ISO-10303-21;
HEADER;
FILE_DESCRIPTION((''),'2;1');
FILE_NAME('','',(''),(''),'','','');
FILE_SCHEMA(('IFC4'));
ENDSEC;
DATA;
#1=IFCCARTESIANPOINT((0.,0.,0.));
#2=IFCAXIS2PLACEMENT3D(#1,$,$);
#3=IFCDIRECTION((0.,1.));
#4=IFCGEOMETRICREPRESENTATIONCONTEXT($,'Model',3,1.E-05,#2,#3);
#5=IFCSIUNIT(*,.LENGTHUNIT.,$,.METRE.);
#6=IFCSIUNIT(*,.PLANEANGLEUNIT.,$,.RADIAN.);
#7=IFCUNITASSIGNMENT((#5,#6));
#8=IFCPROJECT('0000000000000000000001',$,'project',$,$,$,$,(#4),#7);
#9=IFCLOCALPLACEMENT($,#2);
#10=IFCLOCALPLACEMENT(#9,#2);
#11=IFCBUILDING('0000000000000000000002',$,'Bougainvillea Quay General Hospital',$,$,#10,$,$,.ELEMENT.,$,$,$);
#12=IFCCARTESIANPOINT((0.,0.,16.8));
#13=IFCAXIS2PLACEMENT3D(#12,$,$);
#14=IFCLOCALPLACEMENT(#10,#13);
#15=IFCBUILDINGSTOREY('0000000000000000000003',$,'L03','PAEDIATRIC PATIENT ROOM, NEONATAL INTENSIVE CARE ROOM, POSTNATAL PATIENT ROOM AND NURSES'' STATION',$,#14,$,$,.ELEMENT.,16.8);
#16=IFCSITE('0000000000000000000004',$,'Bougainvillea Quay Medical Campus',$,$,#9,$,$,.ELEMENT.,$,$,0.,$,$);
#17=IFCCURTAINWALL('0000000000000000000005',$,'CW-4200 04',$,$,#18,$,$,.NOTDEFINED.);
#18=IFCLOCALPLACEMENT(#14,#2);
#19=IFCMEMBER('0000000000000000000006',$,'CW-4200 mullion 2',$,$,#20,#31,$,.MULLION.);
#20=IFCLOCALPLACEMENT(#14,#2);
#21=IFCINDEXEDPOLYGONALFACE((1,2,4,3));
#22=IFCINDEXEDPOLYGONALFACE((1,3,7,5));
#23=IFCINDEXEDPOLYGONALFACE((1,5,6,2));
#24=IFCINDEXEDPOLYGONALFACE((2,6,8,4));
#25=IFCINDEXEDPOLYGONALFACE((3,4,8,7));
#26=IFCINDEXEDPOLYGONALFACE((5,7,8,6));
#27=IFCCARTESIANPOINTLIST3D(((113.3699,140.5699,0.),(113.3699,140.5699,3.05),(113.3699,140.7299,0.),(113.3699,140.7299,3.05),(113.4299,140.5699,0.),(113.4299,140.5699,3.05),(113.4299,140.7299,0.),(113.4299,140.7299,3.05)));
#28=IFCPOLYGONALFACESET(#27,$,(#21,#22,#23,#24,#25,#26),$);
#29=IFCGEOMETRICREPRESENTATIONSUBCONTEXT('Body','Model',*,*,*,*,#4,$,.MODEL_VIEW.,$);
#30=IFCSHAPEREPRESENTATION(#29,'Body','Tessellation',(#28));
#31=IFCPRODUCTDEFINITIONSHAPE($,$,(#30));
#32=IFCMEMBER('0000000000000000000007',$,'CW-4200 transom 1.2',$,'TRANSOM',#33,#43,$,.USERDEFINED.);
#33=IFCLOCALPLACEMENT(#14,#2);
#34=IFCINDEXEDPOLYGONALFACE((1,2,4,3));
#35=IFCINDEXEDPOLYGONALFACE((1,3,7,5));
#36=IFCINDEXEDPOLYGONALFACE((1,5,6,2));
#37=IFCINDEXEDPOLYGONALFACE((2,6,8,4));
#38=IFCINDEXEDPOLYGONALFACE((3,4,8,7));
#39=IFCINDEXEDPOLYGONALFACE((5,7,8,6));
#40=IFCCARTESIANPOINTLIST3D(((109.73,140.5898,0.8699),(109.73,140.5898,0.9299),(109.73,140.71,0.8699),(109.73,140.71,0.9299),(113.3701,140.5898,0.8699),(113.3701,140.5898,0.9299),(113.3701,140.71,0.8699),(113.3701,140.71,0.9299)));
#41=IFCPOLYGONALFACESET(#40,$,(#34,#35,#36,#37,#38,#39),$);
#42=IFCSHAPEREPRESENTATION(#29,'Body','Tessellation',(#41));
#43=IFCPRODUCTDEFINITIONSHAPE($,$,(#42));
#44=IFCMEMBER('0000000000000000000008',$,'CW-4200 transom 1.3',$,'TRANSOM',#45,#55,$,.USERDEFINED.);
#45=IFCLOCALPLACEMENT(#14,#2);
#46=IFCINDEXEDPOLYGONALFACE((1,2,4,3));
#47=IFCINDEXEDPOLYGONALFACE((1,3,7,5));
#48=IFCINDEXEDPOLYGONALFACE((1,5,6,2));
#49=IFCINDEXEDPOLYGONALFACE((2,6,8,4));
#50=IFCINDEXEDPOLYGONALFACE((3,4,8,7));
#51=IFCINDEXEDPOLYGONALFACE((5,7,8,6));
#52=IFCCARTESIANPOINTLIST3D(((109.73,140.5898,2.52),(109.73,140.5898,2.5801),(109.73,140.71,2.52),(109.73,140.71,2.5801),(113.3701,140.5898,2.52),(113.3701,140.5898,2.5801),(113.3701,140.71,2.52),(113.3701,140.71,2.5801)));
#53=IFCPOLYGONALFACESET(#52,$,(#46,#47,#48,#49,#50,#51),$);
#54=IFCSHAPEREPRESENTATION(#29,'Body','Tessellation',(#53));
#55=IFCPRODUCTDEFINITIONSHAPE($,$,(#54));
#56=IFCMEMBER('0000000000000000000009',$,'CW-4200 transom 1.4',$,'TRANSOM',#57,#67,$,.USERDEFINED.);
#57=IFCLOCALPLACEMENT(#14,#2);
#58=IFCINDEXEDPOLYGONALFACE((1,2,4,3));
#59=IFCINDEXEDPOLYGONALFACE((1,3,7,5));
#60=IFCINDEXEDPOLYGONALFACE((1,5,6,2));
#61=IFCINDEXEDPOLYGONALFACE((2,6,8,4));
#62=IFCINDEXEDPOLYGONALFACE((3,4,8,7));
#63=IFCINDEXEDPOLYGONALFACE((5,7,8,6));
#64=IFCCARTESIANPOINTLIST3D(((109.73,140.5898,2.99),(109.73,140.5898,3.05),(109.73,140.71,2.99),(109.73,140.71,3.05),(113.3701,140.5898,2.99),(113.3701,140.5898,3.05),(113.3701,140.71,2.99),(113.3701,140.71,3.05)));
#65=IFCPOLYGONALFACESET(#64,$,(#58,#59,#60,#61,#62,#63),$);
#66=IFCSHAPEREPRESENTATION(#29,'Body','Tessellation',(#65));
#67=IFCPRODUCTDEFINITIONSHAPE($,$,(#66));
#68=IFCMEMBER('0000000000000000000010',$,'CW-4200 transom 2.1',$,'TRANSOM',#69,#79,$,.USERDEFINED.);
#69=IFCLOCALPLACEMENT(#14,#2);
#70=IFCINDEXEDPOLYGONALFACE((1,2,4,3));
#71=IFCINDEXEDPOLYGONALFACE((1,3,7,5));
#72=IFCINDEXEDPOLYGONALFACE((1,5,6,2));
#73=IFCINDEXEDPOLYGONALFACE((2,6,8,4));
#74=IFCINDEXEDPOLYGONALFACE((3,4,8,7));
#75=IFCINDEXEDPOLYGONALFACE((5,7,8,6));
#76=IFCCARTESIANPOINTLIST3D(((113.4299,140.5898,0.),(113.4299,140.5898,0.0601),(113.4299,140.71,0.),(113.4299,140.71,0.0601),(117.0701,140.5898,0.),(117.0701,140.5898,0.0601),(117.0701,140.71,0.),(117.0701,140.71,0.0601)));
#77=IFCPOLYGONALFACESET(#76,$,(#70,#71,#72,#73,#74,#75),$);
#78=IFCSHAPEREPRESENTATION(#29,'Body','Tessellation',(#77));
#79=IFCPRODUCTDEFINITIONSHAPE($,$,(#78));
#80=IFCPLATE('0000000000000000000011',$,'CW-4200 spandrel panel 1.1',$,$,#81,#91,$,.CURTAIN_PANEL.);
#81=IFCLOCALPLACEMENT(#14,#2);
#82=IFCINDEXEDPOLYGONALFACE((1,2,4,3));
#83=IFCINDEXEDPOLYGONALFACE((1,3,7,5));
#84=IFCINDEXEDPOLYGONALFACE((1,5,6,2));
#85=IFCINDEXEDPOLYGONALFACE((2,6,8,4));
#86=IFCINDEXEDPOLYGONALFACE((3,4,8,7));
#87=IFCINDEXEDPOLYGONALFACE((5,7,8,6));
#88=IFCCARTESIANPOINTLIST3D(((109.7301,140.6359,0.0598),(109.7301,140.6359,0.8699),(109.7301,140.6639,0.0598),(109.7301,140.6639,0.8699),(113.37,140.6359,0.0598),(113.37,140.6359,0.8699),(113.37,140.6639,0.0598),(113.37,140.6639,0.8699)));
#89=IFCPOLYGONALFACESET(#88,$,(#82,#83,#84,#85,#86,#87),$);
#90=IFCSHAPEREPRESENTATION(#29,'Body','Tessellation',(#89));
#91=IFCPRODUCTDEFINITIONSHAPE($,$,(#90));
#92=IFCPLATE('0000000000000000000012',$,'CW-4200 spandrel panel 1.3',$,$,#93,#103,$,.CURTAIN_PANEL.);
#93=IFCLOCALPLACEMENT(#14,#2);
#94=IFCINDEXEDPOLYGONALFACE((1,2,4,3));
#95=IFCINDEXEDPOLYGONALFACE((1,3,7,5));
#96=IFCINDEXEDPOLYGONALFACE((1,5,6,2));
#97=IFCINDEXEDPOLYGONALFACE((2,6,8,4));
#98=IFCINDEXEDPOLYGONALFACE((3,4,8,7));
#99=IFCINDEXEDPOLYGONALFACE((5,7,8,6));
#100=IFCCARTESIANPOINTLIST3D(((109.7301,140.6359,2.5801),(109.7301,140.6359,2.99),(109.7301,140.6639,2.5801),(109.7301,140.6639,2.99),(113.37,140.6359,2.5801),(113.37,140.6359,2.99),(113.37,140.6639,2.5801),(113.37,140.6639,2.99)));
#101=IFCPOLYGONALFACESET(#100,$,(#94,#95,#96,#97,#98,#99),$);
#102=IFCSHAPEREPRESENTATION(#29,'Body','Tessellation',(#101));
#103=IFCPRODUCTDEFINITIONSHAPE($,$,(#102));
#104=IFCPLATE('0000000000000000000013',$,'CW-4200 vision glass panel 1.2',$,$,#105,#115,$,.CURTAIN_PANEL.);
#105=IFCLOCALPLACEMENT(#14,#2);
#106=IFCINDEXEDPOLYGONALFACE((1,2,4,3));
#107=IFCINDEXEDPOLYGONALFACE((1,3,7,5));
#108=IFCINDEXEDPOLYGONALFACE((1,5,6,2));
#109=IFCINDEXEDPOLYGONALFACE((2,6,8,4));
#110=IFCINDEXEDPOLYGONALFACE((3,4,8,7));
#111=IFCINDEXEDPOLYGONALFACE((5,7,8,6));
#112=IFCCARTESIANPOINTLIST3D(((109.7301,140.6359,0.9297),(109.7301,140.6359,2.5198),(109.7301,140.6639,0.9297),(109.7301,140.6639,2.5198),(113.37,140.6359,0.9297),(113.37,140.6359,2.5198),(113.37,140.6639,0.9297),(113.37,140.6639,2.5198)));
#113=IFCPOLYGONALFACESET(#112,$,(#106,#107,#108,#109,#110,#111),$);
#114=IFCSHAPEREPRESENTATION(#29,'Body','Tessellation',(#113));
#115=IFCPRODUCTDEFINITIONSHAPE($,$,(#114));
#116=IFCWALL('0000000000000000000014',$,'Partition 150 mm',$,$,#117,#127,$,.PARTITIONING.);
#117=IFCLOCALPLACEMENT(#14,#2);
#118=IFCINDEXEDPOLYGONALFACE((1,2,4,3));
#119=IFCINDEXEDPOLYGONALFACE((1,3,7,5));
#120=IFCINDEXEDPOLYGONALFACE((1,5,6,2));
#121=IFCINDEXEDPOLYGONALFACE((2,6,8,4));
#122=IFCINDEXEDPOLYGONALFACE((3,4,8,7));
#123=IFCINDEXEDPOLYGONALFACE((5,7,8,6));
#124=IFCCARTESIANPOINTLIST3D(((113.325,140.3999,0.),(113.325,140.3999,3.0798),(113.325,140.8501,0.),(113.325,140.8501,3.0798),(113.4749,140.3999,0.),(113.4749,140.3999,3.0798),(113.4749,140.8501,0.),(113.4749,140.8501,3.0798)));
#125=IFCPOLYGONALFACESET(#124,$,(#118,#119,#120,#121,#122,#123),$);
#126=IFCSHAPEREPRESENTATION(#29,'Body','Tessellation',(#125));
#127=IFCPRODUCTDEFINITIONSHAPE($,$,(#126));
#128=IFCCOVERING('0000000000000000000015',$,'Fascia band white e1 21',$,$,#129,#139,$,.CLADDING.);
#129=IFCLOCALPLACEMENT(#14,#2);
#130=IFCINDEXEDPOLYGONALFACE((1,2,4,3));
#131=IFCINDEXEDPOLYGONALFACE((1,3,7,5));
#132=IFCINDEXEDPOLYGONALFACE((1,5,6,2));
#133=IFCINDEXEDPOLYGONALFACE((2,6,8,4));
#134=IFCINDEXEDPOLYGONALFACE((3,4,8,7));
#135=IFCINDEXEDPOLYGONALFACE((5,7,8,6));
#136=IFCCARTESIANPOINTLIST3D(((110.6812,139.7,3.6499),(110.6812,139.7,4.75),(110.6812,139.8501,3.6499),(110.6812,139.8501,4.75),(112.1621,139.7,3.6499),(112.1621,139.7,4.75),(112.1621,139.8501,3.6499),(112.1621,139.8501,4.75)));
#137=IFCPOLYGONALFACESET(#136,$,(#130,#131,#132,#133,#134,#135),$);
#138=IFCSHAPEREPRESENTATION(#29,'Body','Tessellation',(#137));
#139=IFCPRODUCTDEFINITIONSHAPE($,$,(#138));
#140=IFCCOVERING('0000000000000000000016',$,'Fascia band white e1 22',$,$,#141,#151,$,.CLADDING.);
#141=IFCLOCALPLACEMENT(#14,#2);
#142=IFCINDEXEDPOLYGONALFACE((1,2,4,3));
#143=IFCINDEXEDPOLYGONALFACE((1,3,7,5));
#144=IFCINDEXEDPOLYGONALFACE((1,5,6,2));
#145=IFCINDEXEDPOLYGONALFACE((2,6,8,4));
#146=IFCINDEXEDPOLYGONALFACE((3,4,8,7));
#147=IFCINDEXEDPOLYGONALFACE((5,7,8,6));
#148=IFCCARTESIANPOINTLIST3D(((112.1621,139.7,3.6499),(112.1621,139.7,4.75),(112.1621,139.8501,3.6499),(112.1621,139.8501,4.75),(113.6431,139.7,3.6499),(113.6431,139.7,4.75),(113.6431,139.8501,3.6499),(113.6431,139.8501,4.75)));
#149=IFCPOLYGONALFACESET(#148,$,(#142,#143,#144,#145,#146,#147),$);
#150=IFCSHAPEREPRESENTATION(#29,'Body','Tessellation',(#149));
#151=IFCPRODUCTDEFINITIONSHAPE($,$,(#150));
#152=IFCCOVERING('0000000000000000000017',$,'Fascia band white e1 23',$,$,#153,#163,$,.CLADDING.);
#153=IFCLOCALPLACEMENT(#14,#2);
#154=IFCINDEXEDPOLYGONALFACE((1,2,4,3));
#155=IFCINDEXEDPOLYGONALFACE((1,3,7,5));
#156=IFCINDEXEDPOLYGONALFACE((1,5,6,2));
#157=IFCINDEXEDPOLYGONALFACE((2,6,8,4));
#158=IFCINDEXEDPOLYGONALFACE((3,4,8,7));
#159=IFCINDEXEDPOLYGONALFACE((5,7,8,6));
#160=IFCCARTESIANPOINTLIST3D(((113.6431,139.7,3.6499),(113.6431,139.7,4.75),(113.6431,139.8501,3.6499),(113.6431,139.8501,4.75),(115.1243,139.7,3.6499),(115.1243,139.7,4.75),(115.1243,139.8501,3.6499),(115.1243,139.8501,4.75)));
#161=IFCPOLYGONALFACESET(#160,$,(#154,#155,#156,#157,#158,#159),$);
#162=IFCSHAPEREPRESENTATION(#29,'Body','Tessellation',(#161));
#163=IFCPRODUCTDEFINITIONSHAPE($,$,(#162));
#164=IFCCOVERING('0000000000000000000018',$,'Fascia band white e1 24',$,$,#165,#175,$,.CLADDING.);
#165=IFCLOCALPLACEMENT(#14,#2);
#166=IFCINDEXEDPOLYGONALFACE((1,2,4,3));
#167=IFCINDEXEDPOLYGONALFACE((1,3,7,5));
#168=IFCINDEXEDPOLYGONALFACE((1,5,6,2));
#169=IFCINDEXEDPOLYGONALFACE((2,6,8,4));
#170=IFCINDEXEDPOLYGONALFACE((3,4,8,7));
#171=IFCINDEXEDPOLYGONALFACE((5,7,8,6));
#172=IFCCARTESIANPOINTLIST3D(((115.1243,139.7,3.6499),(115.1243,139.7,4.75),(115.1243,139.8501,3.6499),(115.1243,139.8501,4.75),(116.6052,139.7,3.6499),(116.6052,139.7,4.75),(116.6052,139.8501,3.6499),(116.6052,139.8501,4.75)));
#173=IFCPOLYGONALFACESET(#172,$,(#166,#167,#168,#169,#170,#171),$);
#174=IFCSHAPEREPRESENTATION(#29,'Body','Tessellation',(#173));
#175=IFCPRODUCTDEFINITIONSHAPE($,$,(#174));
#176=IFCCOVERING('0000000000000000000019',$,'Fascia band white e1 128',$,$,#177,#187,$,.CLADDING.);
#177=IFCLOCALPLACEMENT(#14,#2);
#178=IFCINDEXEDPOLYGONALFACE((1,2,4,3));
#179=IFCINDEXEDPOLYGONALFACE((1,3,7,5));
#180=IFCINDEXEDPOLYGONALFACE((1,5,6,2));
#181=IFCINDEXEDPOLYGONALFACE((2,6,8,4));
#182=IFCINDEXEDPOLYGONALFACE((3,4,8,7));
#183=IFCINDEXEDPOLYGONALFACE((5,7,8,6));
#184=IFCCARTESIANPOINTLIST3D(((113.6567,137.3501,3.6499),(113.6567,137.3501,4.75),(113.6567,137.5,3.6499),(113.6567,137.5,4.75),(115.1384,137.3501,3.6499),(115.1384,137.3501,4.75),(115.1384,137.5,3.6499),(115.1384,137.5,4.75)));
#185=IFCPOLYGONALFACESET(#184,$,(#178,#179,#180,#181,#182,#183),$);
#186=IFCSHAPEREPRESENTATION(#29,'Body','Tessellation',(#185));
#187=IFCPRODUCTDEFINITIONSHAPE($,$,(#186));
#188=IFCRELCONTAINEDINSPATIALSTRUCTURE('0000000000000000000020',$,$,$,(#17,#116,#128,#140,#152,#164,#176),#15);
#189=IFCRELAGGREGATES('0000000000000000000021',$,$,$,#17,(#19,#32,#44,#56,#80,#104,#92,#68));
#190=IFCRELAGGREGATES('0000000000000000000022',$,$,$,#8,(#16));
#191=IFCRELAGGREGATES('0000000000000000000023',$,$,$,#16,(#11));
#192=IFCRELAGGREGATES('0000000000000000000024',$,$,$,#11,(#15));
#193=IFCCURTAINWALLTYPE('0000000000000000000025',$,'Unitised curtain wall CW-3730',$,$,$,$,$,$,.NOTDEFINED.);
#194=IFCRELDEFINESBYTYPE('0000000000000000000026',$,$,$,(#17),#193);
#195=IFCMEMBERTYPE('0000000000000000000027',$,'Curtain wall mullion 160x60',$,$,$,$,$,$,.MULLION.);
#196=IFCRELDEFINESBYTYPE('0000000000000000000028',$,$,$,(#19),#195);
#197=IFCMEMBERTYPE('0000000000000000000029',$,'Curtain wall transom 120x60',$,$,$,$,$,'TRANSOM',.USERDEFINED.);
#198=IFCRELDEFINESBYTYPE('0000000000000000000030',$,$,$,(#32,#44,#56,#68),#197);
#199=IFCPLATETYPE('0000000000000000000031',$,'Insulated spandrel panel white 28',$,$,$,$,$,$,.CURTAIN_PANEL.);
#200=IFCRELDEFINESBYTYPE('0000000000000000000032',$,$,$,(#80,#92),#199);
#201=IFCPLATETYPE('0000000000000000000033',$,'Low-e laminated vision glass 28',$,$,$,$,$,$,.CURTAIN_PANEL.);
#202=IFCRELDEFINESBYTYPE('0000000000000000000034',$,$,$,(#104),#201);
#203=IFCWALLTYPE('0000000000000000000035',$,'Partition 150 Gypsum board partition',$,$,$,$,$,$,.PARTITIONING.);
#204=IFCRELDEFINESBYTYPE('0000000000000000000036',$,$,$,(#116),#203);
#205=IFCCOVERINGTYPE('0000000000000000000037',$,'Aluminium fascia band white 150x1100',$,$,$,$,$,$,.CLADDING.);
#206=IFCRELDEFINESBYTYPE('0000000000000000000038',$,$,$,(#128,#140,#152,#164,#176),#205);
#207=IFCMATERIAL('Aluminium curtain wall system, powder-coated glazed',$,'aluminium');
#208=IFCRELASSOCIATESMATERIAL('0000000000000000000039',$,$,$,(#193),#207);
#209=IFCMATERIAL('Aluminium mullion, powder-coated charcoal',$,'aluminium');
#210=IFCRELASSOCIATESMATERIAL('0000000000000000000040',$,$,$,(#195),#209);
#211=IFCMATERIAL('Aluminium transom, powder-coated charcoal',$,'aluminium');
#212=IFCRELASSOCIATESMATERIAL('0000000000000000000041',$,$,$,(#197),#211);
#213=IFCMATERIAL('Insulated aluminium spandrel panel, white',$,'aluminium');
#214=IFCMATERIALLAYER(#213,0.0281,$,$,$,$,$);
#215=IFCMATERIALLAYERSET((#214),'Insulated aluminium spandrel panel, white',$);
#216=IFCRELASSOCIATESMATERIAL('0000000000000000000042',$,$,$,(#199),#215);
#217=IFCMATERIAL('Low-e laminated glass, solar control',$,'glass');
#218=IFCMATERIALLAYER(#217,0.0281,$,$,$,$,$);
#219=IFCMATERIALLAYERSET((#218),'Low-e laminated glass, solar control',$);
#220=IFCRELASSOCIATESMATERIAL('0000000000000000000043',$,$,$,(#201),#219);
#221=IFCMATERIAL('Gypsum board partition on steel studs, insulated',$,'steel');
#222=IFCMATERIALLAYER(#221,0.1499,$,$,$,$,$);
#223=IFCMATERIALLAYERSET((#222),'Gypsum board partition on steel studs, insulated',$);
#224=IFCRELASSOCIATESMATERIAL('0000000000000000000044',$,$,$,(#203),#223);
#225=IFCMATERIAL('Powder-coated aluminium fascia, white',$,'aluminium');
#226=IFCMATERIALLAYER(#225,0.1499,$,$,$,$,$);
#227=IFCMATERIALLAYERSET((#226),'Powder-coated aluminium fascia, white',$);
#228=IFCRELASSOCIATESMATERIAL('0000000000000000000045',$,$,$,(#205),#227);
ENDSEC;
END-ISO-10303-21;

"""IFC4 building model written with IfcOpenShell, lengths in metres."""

from ifc_helpers import new_model, si_unit, direction, frame, frame_2d, origin, origin_2d, place, context, subcontext, project, spatial, polyline, rectangle, outline, extrude, material, layer, layer_set, material_profile, profile_set, type_object, element, aggregate, save


model = new_model("IFC4")

# Units and contexts
model_context = context("Model", 3, precision=1e-05, world=origin(), true_north=direction((0.0, 1.0)))
body_context = subcontext(model_context, "Body", "Model", "MODEL_VIEW")
ifc_project = project(units=[si_unit("LENGTHUNIT", "METRE"), si_unit("PLANEANGLEUNIT", "RADIAN")], contexts=[model_context])

# Site, building, storey
site_placement = place(None, origin())
site = spatial("IfcSite", under=ifc_project, at=site_placement, Name="Bougainvillea Quay Medical Campus", CompositionType="ELEMENT", RefElevation=0.0)
building_placement = place(site_placement, origin())
building = spatial("IfcBuilding", under=site, at=building_placement, Name="Bougainvillea Quay General Hospital", CompositionType="ELEMENT")
storey_placement = place(building_placement, frame((0.0, 0.0, 16.8)))
storey = spatial("IfcBuildingStorey", under=building, at=storey_placement, Name="L03", Description="PAEDIATRIC PATIENT ROOM, NEONATAL INTENSIVE CARE ROOM, POSTNATAL PATIENT ROOM AND NURSES' STATION", CompositionType="ELEMENT", Elevation=16.8)

# Curtain wall, members, plates
ifc_material_1 = material(Name="Aluminium curtain wall system, powder-coated glazed", Category="aluminium")
curtain_wall_type = type_object("IfcCurtainWallType", Name="Unitised curtain wall CW-3730", PredefinedType="NOTDEFINED", material=ifc_material_1)
curtain_wall_placement = place(storey_placement, origin())
curtain_wall = element("IfcCurtainWall", 1, at=curtain_wall_placement, inside=storey, type_object=curtain_wall_type, Name="CW-4200 04", PredefinedType="NOTDEFINED")
ifc_material_2 = material(Name="Aluminium mullion, powder-coated charcoal", Category="aluminium")
ifc_material_profile_1 = material_profile(ifc_material_2, rectangle(XDim=0.1599, YDim=0.0601, at=origin_2d()))
ifc_profile_set_1 = profile_set([ifc_material_profile_1], Name="Aluminium mullion, powder-coated charcoal")
member_type_1 = type_object("IfcMemberType", Name="Curtain wall mullion 160x60", PredefinedType="MULLION", material=ifc_profile_set_1)
member_1_placement = place(storey_placement, frame((113.3999, 140.6499, 0.0), z_axis=(0.0, 0.0, 1.0), x_axis=(0.0, 1.0, 0.0)))
member_1 = element("IfcMember", 2, at=member_1_placement, type_object=member_type_1, Name="CW-4200 mullion 2", PredefinedType="MULLION", context=body_context, shape_type="SweptSolid", body=[
    extrude(rectangle(XDim=0.1599, YDim=0.0601, at=origin_2d()), origin(), (0.0, 0.0, 1.0), 3.05),
])
ifc_material_3 = material(Name="Aluminium transom, powder-coated charcoal", Category="aluminium")
ifc_material_profile_2 = material_profile(ifc_material_3, rectangle(XDim=0.1201, YDim=0.0601, at=origin_2d()))
ifc_profile_set_2 = profile_set([ifc_material_profile_2], Name="Aluminium transom, powder-coated charcoal")
member_type_2 = type_object("IfcMemberType", Name="Curtain wall transom 120x60", ElementType="TRANSOM", PredefinedType="USERDEFINED", material=ifc_profile_set_2)
member_2_placement = place(storey_placement, frame((109.73, 140.6499, 0.8999), z_axis=(1.0, 0.0, 0.0), x_axis=(0.0, 1.0, 0.0)))
member_2 = element("IfcMember", 3, at=member_2_placement, type_object=member_type_2, Name="CW-4200 transom 1.2", ObjectType="TRANSOM", PredefinedType="USERDEFINED", context=body_context, shape_type="SweptSolid", body=[
    extrude(rectangle(XDim=0.1201, YDim=0.0601, at=origin_2d()), origin(), (0.0, 0.0, 1.0), 3.6401),
])
member_3_placement = place(storey_placement, frame((109.73, 140.6499, 2.55), z_axis=(1.0, 0.0, 0.0), x_axis=(0.0, 1.0, 0.0)))
member_3 = element("IfcMember", 4, at=member_3_placement, type_object=member_type_2, Name="CW-4200 transom 1.3", ObjectType="TRANSOM", PredefinedType="USERDEFINED", context=body_context, shape_type="SweptSolid", body=[
    extrude(rectangle(XDim=0.1201, YDim=0.0601, at=origin_2d()), origin(), (0.0, 0.0, 1.0), 3.6401),
])
member_4_placement = place(storey_placement, frame((109.73, 140.6499, 3.02), z_axis=(1.0, 0.0, 0.0), x_axis=(0.0, 1.0, 0.0)))
member_4 = element("IfcMember", 5, at=member_4_placement, type_object=member_type_2, Name="CW-4200 transom 1.4", ObjectType="TRANSOM", PredefinedType="USERDEFINED", context=body_context, shape_type="SweptSolid", body=[
    extrude(rectangle(XDim=0.1201, YDim=0.0601, at=origin_2d()), origin(), (0.0, 0.0, 1.0), 3.6401),
])
member_5_placement = place(storey_placement, frame((113.4299, 140.6499, 0.03), z_axis=(1.0, 0.0, 0.0), x_axis=(0.0, 1.0, 0.0)))
member_5 = element("IfcMember", 6, at=member_5_placement, type_object=member_type_2, Name="CW-4200 transom 2.1", ObjectType="TRANSOM", PredefinedType="USERDEFINED", context=body_context, shape_type="SweptSolid", body=[
    extrude(rectangle(XDim=0.1201, YDim=0.0601, at=origin_2d()), origin(), (0.0, 0.0, 1.0), 3.6401),
])
ifc_material_4 = material(Name="Insulated aluminium spandrel panel, white", Category="aluminium")
ifc_layer_1 = layer(ifc_material_4, 0.0281)
ifc_layer_set_1 = layer_set([ifc_layer_1], Name="Insulated aluminium spandrel panel, white")
plate_type_1 = type_object("IfcPlateType", Name="Insulated spandrel panel white 28", PredefinedType="CURTAIN_PANEL", material=ifc_layer_set_1)
plate_1_placement = place(storey_placement, frame((111.55, 140.6499, 0.0598), z_axis=(0.0, 0.0, 1.0), x_axis=(1.0, 0.0, 0.0)))
plate_1 = element("IfcPlate", 7, at=plate_1_placement, type_object=plate_type_1, Name="CW-4200 spandrel panel 1.1", PredefinedType="CURTAIN_PANEL", context=body_context, shape_type="SweptSolid", body=[
    extrude(rectangle(XDim=3.6399, YDim=0.0281, at=origin_2d()), origin(), (0.0, 0.0, 1.0), 0.8101),
])
plate_2_placement = place(storey_placement, frame((111.55, 140.6499, 2.5801), z_axis=(0.0, 0.0, 1.0), x_axis=(1.0, 0.0, 0.0)))
plate_2 = element("IfcPlate", 8, at=plate_2_placement, type_object=plate_type_1, Name="CW-4200 spandrel panel 1.3", PredefinedType="CURTAIN_PANEL", context=body_context, shape_type="SweptSolid", body=[
    extrude(rectangle(XDim=3.6399, YDim=0.0281, at=origin_2d()), origin(), (0.0, 0.0, 1.0), 0.4099),
])
ifc_material_5 = material(Name="Low-e laminated glass, solar control", Category="glass")
ifc_layer_2 = layer(ifc_material_5, 0.0281)
ifc_layer_set_2 = layer_set([ifc_layer_2], Name="Low-e laminated glass, solar control")
plate_type_2 = type_object("IfcPlateType", Name="Low-e laminated vision glass 28", PredefinedType="CURTAIN_PANEL", material=ifc_layer_set_2)
plate_3_placement = place(storey_placement, frame((111.55, 140.6499, 0.9297), z_axis=(0.0, 0.0, 1.0), x_axis=(1.0, 0.0, 0.0)))
plate_3 = element("IfcPlate", 9, at=plate_3_placement, type_object=plate_type_2, Name="CW-4200 vision glass panel 1.2", PredefinedType="CURTAIN_PANEL", context=body_context, shape_type="SweptSolid", body=[
    extrude(rectangle(XDim=3.6399, YDim=0.0281, at=origin_2d()), origin(), (0.0, 0.0, 1.0), 1.5901),
])
aggregate(curtain_wall, [member_1, member_2, member_3, member_4, plate_1, plate_3, plate_2, member_5])

# Wall
ifc_material_6 = material(Name="Gypsum board partition on steel studs, insulated", Category="steel")
ifc_layer_3 = layer(ifc_material_6, 0.1499)
ifc_layer_set_3 = layer_set([ifc_layer_3], Name="Gypsum board partition on steel studs, insulated")
wall_type = type_object("IfcWallType", Name="Partition 150 Gypsum board partition", PredefinedType="PARTITIONING", material=ifc_layer_set_3)
wall_placement = place(storey_placement, frame((113.3999, 140.3999, 0.0), z_axis=(0.0, 0.0, 1.0), x_axis=(0.0, 1.0, 0.0)))
element("IfcWall", 10, at=wall_placement, inside=storey, type_object=wall_type, Name="Partition 150 mm", PredefinedType="PARTITIONING", context=body_context, shape_type="SweptSolid", body=[
    extrude(rectangle(XDim=0.4502, YDim=0.1499, at=frame_2d((0.2251, 0.0))), origin(), (0.0, 0.0, 1.0), 3.0798),
])

# Coverings
ifc_material_7 = material(Name="Powder-coated aluminium fascia, white", Category="aluminium")
ifc_layer_4 = layer(ifc_material_7, 0.1499)
ifc_layer_set_4 = layer_set([ifc_layer_4], Name="Powder-coated aluminium fascia, white")
covering_type = type_object("IfcCoveringType", Name="Aluminium fascia band white 150x1100", PredefinedType="CLADDING", material=ifc_layer_set_4)
for number, where, z_axis, x_axis, name in (
    (11, (110.6812, 139.8501, 3.6499), (0.0, 0.0, 1.0), (1.0, 0.0, 0.0), "Fascia band white e1 21"),
    (12, (112.1621, 139.8501, 3.6499), (0.0, 0.0, 1.0), (1.0, 0.0, 0.0), "Fascia band white e1 22"),
):
    element("IfcCovering", number, at=place(storey_placement, frame(where, z_axis=z_axis, x_axis=x_axis)), inside=storey, type_object=covering_type, Name=name, PredefinedType="CLADDING", context=body_context, shape_type="SweptSolid", body=[
        extrude(outline(polyline([(0.0, 0.0), (1.481, 0.0), (1.481, -0.1501), (0.0, -0.1501), (0.0, 0.0)])), origin(), (0.0, 0.0, 1.0), 1.1001),
    ])
covering_1_placement = place(storey_placement, frame((113.6431, 139.8501, 3.6499), z_axis=(0.0, 0.0, 1.0), x_axis=(1.0, 0.0, 0.0)))
element("IfcCovering", 13, at=covering_1_placement, inside=storey, type_object=covering_type, Name="Fascia band white e1 23", PredefinedType="CLADDING", context=body_context, shape_type="SweptSolid", body=[
    extrude(outline(polyline([(0.0, 0.0), (1.4812, 0.0), (1.4812, -0.1501), (0.0, -0.1501), (0.0, 0.0)])), origin(), (0.0, 0.0, 1.0), 1.1001),
])
covering_2_placement = place(storey_placement, frame((115.1243, 139.8501, 3.6499), z_axis=(0.0, 0.0, 1.0), x_axis=(1.0, 0.0, 0.0)))
element("IfcCovering", 14, at=covering_2_placement, inside=storey, type_object=covering_type, Name="Fascia band white e1 24", PredefinedType="CLADDING", context=body_context, shape_type="SweptSolid", body=[
    extrude(outline(polyline([(0.0, 0.0), (1.481, 0.0), (1.481, -0.1501), (0.0, -0.1501), (0.0, 0.0)])), origin(), (0.0, 0.0, 1.0), 1.1001),
])
for number, where, z_axis, x_axis, name in (
    (15, (115.1384, 137.3501, 3.6499), (0.0, 0.0, 1.0), (-1.0, 0.0, 0.0), "Fascia band white e1 128"),
):
    element("IfcCovering", number, at=place(storey_placement, frame(where, z_axis=z_axis, x_axis=x_axis)), inside=storey, type_object=covering_type, Name=name, PredefinedType="CLADDING", context=body_context, shape_type="SweptSolid", body=[
        extrude(outline(polyline([(0.0, 0.0), (1.4817, 0.0), (1.4817, -0.1499), (0.0, -0.1499), (0.0, 0.0)])), origin(), (0.0, 0.0, 1.0), 1.1001),
    ])

save(model, "model.ifc")
